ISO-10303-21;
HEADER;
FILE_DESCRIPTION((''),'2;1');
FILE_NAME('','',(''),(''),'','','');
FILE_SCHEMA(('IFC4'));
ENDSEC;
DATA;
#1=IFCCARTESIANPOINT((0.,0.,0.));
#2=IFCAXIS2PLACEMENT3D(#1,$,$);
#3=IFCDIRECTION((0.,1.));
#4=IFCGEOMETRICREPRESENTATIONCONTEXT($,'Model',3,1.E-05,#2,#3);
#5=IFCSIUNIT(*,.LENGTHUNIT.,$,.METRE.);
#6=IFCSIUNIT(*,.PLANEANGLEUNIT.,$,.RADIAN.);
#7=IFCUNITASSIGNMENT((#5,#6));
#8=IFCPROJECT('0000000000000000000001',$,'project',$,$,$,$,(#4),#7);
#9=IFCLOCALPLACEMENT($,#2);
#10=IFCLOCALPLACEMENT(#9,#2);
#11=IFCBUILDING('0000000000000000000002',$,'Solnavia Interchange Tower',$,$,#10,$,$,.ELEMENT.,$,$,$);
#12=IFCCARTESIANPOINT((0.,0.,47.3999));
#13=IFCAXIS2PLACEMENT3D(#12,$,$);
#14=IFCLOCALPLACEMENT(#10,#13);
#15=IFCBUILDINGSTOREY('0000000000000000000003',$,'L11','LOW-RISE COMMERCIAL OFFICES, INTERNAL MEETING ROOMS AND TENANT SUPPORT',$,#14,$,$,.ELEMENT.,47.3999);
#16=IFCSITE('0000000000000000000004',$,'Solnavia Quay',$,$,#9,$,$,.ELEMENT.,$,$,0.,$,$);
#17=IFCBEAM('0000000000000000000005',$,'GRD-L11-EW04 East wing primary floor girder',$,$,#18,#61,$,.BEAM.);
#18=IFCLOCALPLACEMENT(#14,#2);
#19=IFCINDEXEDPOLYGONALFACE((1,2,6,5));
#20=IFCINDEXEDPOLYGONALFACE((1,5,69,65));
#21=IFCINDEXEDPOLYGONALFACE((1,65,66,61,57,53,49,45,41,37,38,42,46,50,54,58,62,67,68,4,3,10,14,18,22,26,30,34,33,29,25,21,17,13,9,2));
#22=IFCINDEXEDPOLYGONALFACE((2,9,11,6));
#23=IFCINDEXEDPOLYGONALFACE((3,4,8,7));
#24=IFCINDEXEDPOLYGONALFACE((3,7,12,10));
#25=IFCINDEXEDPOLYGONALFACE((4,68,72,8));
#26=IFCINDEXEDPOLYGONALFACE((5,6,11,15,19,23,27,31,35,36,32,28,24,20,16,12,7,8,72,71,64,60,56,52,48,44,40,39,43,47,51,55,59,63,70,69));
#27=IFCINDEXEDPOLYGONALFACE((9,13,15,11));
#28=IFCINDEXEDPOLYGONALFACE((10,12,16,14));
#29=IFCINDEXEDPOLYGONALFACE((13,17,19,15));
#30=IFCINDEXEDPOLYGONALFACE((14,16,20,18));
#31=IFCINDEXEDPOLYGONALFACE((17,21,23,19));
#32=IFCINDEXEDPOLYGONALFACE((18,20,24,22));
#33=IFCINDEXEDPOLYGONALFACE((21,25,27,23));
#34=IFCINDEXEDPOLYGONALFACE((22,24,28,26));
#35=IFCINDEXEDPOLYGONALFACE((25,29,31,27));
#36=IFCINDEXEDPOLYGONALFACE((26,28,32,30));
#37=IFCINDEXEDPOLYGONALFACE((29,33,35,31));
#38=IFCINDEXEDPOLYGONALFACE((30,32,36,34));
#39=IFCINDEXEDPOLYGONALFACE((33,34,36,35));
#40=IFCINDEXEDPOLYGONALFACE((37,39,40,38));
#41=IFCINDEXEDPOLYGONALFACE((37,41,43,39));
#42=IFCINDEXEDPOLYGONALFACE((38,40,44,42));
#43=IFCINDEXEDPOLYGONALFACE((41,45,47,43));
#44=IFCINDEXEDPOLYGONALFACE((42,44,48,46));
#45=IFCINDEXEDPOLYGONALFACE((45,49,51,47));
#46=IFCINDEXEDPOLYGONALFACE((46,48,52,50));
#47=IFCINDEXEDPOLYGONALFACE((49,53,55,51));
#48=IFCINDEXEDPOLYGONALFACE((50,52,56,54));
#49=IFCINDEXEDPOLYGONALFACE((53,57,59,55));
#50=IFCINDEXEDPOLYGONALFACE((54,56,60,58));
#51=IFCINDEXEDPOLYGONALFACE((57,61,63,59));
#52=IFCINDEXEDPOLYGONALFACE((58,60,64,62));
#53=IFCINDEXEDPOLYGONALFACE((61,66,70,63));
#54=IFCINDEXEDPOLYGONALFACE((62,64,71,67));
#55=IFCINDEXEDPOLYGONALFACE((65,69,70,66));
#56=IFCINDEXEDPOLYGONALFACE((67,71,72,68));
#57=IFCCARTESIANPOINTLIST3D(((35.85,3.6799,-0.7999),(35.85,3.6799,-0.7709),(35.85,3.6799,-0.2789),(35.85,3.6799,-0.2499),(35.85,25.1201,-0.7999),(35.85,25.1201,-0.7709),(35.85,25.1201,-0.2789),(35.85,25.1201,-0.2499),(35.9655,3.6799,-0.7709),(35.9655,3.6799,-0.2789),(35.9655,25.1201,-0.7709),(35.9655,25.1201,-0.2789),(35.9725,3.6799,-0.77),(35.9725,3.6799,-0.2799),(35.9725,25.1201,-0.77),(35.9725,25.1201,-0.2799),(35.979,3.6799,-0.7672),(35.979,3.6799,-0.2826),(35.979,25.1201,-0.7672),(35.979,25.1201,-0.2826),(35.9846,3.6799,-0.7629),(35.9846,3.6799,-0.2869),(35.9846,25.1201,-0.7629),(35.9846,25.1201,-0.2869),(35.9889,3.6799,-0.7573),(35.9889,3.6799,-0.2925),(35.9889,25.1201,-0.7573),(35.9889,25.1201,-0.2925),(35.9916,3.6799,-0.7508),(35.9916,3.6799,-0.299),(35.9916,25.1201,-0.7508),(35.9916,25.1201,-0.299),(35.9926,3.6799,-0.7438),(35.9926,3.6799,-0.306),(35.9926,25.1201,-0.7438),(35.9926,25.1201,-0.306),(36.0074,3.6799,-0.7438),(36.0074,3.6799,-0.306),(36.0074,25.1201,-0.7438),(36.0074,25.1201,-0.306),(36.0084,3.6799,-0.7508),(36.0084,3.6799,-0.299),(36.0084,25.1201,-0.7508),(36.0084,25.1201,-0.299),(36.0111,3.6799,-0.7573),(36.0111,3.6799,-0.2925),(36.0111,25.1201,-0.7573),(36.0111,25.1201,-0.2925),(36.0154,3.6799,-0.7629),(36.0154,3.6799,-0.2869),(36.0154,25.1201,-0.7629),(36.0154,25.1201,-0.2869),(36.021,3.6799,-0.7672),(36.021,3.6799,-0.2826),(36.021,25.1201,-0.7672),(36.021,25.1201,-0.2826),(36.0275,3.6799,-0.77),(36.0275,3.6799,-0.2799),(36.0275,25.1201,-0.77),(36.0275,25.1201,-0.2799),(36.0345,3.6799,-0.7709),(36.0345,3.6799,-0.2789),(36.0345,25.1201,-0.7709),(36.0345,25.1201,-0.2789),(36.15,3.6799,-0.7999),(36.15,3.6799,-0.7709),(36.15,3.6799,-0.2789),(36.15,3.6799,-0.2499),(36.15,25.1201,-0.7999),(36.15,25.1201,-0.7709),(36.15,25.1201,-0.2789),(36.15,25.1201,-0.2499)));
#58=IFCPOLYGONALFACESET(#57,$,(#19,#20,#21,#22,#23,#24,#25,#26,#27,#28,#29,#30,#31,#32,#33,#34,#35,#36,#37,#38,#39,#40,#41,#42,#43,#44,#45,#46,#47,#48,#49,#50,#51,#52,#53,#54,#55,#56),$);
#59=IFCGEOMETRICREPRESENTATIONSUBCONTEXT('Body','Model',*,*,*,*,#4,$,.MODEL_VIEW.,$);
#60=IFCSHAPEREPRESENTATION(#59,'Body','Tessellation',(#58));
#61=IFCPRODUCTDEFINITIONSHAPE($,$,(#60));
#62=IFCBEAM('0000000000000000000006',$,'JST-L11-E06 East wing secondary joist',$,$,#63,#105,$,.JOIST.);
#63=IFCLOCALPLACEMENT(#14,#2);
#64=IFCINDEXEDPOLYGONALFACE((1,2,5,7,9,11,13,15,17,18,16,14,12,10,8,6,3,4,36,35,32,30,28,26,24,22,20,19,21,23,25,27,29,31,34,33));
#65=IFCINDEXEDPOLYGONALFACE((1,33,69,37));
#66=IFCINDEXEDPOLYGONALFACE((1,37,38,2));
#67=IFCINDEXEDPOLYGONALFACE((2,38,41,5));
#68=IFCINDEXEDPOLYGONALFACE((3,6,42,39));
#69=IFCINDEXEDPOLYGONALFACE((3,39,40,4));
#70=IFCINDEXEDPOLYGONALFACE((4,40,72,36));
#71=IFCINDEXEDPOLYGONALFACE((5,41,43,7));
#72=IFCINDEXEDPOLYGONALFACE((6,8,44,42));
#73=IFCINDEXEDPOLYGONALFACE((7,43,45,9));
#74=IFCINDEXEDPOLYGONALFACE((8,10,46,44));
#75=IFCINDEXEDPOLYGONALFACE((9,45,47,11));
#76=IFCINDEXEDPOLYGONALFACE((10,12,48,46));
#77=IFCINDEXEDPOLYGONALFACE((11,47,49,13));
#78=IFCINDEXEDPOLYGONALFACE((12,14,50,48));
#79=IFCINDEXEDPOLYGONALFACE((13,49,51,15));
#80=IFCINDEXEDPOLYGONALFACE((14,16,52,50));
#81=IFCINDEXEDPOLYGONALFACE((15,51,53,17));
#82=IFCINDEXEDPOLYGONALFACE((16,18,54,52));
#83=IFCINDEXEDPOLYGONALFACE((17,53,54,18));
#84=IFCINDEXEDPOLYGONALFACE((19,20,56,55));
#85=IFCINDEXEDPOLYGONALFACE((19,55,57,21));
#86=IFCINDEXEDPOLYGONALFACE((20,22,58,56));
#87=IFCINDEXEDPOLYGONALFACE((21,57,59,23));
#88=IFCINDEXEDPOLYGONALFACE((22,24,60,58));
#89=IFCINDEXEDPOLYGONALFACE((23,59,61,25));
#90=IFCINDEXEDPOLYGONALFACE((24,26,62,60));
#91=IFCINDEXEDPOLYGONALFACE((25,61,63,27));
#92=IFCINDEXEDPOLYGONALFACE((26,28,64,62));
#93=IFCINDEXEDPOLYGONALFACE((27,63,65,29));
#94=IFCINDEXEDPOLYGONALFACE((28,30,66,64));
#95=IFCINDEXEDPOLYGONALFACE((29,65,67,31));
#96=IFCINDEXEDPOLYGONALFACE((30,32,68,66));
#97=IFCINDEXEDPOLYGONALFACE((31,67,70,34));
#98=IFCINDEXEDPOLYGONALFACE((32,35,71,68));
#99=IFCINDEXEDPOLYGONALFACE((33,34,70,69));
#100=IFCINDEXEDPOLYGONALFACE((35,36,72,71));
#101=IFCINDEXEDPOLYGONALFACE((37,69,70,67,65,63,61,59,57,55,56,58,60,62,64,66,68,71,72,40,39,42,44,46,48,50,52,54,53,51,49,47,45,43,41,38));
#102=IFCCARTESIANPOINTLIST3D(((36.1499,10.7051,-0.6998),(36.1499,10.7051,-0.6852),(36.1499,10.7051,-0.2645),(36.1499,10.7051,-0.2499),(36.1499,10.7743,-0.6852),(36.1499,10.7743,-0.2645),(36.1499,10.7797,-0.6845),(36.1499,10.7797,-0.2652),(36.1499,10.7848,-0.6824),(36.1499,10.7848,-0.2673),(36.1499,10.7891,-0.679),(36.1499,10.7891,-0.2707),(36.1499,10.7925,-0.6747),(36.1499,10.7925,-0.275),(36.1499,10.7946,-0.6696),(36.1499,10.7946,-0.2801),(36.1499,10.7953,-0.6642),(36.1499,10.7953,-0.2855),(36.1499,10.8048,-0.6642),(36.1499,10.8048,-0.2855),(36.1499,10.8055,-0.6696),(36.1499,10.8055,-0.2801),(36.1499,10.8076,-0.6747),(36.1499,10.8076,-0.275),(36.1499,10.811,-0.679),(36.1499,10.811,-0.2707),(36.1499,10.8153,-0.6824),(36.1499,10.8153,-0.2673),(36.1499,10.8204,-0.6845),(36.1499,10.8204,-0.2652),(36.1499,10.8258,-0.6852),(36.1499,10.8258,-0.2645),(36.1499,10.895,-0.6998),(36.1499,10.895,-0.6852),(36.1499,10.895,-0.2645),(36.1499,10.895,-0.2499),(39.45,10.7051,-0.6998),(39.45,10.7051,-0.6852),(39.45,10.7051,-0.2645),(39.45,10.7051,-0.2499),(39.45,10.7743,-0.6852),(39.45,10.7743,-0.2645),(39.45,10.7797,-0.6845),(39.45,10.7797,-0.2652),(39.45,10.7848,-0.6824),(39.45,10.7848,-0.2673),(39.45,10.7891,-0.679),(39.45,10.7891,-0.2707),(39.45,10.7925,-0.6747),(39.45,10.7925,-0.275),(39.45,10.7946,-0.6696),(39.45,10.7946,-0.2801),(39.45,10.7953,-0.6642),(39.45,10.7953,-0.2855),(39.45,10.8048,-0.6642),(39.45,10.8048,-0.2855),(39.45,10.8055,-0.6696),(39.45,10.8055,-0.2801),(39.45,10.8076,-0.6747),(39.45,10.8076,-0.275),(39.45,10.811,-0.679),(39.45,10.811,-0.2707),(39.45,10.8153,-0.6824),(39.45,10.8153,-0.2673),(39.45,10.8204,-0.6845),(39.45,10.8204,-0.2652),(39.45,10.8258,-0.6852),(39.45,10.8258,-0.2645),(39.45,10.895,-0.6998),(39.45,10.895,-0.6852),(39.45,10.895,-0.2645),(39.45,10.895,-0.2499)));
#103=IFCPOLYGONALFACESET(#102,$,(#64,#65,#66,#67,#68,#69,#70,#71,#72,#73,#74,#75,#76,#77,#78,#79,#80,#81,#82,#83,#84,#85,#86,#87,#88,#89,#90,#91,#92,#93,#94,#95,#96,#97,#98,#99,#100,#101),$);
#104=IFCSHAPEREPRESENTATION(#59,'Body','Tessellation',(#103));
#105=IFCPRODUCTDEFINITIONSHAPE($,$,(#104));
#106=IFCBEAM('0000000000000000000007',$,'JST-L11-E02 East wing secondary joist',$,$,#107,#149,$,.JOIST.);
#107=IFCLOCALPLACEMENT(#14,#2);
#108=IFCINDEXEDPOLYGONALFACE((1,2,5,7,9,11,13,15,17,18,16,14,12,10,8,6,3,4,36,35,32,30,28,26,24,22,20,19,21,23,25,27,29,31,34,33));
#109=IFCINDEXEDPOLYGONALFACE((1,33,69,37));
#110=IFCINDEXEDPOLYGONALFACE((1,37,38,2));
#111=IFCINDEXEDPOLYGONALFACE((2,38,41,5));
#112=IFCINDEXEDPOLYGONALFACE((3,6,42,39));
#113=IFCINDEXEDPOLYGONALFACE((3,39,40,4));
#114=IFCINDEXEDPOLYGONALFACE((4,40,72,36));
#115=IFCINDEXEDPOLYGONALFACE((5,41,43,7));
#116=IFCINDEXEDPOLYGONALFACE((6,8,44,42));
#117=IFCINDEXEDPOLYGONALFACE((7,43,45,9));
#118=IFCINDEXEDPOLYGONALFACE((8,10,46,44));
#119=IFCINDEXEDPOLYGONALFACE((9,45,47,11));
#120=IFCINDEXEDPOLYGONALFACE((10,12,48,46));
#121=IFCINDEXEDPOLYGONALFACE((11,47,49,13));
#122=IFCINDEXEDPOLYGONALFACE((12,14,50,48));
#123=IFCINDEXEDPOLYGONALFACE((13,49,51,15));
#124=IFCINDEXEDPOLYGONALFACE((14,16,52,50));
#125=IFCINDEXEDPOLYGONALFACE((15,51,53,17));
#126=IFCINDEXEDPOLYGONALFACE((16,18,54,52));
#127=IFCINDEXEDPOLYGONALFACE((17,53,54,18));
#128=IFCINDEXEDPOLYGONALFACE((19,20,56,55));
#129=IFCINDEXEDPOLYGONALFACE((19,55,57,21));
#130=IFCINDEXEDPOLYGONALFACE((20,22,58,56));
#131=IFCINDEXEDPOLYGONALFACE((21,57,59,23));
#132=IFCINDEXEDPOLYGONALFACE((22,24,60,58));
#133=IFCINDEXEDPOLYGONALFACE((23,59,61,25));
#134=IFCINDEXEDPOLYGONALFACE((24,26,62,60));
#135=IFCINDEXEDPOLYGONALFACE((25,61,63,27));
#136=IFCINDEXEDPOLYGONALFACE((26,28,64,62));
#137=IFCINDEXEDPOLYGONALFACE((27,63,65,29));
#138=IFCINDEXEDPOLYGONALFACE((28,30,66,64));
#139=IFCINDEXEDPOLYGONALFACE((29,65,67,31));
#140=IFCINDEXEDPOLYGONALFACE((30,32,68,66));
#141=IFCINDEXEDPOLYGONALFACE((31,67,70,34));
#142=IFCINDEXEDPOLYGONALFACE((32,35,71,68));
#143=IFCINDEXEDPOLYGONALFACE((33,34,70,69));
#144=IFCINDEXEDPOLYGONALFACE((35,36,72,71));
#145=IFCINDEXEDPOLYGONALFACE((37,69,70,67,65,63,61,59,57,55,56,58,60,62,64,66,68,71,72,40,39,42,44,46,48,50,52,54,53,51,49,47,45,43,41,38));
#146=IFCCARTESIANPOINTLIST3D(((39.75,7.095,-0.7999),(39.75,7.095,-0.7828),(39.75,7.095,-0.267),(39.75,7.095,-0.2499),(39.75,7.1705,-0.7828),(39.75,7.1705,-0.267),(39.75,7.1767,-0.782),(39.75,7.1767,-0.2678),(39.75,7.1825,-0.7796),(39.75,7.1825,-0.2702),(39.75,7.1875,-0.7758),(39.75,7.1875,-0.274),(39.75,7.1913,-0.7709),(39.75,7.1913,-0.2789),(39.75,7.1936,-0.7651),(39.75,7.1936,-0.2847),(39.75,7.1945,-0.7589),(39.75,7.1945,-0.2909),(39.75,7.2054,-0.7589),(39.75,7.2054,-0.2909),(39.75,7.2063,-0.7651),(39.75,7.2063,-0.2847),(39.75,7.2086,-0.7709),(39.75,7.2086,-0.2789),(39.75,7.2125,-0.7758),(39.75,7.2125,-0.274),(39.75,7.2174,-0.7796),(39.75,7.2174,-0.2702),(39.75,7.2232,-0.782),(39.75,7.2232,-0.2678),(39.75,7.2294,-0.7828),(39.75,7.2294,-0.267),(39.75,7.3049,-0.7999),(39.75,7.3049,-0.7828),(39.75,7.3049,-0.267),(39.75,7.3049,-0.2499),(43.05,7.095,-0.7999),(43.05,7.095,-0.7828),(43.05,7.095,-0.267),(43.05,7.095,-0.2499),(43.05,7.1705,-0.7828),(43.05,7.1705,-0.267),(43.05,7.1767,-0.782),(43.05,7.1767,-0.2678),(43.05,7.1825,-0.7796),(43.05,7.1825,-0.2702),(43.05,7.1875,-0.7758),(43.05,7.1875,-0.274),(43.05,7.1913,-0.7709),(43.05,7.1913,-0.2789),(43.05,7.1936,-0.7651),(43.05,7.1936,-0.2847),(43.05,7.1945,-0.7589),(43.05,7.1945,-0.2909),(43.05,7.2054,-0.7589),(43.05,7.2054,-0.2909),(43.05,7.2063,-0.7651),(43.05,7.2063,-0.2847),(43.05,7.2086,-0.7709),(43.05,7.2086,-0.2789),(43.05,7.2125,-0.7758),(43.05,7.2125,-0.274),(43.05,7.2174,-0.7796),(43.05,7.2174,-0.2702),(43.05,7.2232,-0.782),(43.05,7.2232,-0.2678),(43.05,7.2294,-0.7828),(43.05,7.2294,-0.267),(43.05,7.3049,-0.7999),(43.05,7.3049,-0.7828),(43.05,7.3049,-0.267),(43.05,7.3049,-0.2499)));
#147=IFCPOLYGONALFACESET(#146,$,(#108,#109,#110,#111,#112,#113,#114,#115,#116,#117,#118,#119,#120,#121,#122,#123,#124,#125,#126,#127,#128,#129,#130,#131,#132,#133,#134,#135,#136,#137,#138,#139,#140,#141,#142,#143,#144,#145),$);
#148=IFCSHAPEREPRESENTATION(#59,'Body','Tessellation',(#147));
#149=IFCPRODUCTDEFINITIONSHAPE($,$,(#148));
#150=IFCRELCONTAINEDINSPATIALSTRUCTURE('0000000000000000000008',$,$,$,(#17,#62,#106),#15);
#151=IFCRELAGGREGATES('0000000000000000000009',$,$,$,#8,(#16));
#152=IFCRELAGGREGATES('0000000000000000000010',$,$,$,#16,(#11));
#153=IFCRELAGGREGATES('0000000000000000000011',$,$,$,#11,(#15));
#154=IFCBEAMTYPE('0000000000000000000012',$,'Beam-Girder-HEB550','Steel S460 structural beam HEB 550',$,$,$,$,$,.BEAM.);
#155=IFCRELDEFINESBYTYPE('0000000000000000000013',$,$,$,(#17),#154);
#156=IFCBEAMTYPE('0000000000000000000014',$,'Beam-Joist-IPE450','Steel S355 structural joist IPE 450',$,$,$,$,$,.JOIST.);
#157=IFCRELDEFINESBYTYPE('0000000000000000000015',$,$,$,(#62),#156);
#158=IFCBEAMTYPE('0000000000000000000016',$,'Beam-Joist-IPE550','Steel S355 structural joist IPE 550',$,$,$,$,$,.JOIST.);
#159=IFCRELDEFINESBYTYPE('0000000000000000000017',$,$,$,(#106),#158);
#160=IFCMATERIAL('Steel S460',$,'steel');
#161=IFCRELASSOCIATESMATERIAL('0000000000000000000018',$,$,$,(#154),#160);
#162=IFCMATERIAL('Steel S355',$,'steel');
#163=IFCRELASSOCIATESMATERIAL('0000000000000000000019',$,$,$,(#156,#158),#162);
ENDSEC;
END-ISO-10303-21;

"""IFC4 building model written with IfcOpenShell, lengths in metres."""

from ifc_helpers import new_model, si_unit, direction, frame, origin, origin_2d, place, context, subcontext, project, spatial, i_section, extrude, material, material_profile, profile_set, type_object, element, save


model = new_model("IFC4")

# Units and contexts
model_context = context("Model", 3, precision=1e-05, world=origin(), true_north=direction((0.0, 1.0)))
body_context = subcontext(model_context, "Body", "Model", "MODEL_VIEW")
ifc_project = project(units=[si_unit("LENGTHUNIT", "METRE"), si_unit("PLANEANGLEUNIT", "RADIAN")], contexts=[model_context])

# Site, building, storey
site_placement = place(None, origin())
site = spatial("IfcSite", under=ifc_project, at=site_placement, Name="Solnavia Quay", CompositionType="ELEMENT", RefElevation=0.0)
building_placement = place(site_placement, origin())
building = spatial("IfcBuilding", under=site, at=building_placement, Name="Solnavia Interchange Tower", CompositionType="ELEMENT")
storey_placement = place(building_placement, frame((0.0, 0.0, 47.3999)))
storey = spatial("IfcBuildingStorey", under=building, at=storey_placement, Name="L11", Description="LOW-RISE COMMERCIAL OFFICES, INTERNAL MEETING ROOMS AND TENANT SUPPORT", CompositionType="ELEMENT", Elevation=47.3999)

# Shared definitions
ifc_material_1 = material(Name="Steel S355", Category="steel")

# Beams
ifc_material_2 = material(Name="Steel S460", Category="steel")
ifc_material_profile_1 = material_profile(ifc_material_2, i_section(OverallWidth=0.3, OverallDepth=0.55, WebThickness=0.0149, FlangeThickness=0.0291, FilletRadius=0.0271, at=origin_2d()), Name="HEB 550")
ifc_profile_set_1 = profile_set([ifc_material_profile_1], Name="Steel S460")
beam_type_1 = type_object("IfcBeamType", Name="Beam-Girder-HEB550", Description="Steel S460 structural beam HEB 550", PredefinedType="BEAM", material=ifc_profile_set_1)
beam_1_placement = place(storey_placement, frame((36.0, 3.6799, -0.5249), z_axis=(0.0, 1.0, 0.0), x_axis=(-1.0, 0.0, 0.0)))
element("IfcBeam", 1, at=beam_1_placement, inside=storey, type_object=beam_type_1, Name="GRD-L11-EW04 East wing primary floor girder", PredefinedType="BEAM", context=body_context, shape_type="SweptSolid", body=[
    extrude(i_section(OverallWidth=0.3, OverallDepth=0.55, WebThickness=0.0149, FlangeThickness=0.0291, FilletRadius=0.0271, at=origin_2d()), origin(), (0.0, 0.0, 1.0), 21.4402),
])
ifc_material_profile_2 = material_profile(ifc_material_1, i_section(OverallWidth=0.1899, OverallDepth=0.45, WebThickness=0.0095, FlangeThickness=0.0146, FilletRadius=0.021, at=origin_2d()), Name="IPE 450")
ifc_profile_set_2 = profile_set([ifc_material_profile_2], Name="Steel S355")
beam_type_2 = type_object("IfcBeamType", Name="Beam-Joist-IPE450", Description="Steel S355 structural joist IPE 450", PredefinedType="JOIST", material=ifc_profile_set_2)
beam_2_placement = place(storey_placement, frame((36.1499, 10.8, -0.4749), z_axis=(1.0, 0.0, 0.0), x_axis=(0.0, 1.0, 0.0)))
element("IfcBeam", 2, at=beam_2_placement, inside=storey, type_object=beam_type_2, Name="JST-L11-E06 East wing secondary joist", PredefinedType="JOIST", context=body_context, shape_type="SweptSolid", body=[
    extrude(i_section(OverallWidth=0.1899, OverallDepth=0.45, WebThickness=0.0095, FlangeThickness=0.0146, FilletRadius=0.021, at=origin_2d()), origin(), (0.0, 0.0, 1.0), 3.3),
])
ifc_material_profile_3 = material_profile(ifc_material_1, i_section(OverallWidth=0.21, OverallDepth=0.55, WebThickness=0.011, FlangeThickness=0.0171, FilletRadius=0.0239, at=origin_2d()), Name="IPE 550")
ifc_profile_set_3 = profile_set([ifc_material_profile_3], Name="Steel S355")
beam_type_3 = type_object("IfcBeamType", Name="Beam-Joist-IPE550", Description="Steel S355 structural joist IPE 550", PredefinedType="JOIST", material=ifc_profile_set_3)
beam_3_placement = place(storey_placement, frame((39.75, 7.2, -0.5249), z_axis=(1.0, 0.0, 0.0), x_axis=(0.0, 1.0, 0.0)))
element("IfcBeam", 3, at=beam_3_placement, inside=storey, type_object=beam_type_3, Name="JST-L11-E02 East wing secondary joist", PredefinedType="JOIST", context=body_context, shape_type="SweptSolid", body=[
    extrude(i_section(OverallWidth=0.21, OverallDepth=0.55, WebThickness=0.011, FlangeThickness=0.0171, FilletRadius=0.0239, at=origin_2d()), origin(), (0.0, 0.0, 1.0), 3.3),
])

save(model, "model.ifc")
